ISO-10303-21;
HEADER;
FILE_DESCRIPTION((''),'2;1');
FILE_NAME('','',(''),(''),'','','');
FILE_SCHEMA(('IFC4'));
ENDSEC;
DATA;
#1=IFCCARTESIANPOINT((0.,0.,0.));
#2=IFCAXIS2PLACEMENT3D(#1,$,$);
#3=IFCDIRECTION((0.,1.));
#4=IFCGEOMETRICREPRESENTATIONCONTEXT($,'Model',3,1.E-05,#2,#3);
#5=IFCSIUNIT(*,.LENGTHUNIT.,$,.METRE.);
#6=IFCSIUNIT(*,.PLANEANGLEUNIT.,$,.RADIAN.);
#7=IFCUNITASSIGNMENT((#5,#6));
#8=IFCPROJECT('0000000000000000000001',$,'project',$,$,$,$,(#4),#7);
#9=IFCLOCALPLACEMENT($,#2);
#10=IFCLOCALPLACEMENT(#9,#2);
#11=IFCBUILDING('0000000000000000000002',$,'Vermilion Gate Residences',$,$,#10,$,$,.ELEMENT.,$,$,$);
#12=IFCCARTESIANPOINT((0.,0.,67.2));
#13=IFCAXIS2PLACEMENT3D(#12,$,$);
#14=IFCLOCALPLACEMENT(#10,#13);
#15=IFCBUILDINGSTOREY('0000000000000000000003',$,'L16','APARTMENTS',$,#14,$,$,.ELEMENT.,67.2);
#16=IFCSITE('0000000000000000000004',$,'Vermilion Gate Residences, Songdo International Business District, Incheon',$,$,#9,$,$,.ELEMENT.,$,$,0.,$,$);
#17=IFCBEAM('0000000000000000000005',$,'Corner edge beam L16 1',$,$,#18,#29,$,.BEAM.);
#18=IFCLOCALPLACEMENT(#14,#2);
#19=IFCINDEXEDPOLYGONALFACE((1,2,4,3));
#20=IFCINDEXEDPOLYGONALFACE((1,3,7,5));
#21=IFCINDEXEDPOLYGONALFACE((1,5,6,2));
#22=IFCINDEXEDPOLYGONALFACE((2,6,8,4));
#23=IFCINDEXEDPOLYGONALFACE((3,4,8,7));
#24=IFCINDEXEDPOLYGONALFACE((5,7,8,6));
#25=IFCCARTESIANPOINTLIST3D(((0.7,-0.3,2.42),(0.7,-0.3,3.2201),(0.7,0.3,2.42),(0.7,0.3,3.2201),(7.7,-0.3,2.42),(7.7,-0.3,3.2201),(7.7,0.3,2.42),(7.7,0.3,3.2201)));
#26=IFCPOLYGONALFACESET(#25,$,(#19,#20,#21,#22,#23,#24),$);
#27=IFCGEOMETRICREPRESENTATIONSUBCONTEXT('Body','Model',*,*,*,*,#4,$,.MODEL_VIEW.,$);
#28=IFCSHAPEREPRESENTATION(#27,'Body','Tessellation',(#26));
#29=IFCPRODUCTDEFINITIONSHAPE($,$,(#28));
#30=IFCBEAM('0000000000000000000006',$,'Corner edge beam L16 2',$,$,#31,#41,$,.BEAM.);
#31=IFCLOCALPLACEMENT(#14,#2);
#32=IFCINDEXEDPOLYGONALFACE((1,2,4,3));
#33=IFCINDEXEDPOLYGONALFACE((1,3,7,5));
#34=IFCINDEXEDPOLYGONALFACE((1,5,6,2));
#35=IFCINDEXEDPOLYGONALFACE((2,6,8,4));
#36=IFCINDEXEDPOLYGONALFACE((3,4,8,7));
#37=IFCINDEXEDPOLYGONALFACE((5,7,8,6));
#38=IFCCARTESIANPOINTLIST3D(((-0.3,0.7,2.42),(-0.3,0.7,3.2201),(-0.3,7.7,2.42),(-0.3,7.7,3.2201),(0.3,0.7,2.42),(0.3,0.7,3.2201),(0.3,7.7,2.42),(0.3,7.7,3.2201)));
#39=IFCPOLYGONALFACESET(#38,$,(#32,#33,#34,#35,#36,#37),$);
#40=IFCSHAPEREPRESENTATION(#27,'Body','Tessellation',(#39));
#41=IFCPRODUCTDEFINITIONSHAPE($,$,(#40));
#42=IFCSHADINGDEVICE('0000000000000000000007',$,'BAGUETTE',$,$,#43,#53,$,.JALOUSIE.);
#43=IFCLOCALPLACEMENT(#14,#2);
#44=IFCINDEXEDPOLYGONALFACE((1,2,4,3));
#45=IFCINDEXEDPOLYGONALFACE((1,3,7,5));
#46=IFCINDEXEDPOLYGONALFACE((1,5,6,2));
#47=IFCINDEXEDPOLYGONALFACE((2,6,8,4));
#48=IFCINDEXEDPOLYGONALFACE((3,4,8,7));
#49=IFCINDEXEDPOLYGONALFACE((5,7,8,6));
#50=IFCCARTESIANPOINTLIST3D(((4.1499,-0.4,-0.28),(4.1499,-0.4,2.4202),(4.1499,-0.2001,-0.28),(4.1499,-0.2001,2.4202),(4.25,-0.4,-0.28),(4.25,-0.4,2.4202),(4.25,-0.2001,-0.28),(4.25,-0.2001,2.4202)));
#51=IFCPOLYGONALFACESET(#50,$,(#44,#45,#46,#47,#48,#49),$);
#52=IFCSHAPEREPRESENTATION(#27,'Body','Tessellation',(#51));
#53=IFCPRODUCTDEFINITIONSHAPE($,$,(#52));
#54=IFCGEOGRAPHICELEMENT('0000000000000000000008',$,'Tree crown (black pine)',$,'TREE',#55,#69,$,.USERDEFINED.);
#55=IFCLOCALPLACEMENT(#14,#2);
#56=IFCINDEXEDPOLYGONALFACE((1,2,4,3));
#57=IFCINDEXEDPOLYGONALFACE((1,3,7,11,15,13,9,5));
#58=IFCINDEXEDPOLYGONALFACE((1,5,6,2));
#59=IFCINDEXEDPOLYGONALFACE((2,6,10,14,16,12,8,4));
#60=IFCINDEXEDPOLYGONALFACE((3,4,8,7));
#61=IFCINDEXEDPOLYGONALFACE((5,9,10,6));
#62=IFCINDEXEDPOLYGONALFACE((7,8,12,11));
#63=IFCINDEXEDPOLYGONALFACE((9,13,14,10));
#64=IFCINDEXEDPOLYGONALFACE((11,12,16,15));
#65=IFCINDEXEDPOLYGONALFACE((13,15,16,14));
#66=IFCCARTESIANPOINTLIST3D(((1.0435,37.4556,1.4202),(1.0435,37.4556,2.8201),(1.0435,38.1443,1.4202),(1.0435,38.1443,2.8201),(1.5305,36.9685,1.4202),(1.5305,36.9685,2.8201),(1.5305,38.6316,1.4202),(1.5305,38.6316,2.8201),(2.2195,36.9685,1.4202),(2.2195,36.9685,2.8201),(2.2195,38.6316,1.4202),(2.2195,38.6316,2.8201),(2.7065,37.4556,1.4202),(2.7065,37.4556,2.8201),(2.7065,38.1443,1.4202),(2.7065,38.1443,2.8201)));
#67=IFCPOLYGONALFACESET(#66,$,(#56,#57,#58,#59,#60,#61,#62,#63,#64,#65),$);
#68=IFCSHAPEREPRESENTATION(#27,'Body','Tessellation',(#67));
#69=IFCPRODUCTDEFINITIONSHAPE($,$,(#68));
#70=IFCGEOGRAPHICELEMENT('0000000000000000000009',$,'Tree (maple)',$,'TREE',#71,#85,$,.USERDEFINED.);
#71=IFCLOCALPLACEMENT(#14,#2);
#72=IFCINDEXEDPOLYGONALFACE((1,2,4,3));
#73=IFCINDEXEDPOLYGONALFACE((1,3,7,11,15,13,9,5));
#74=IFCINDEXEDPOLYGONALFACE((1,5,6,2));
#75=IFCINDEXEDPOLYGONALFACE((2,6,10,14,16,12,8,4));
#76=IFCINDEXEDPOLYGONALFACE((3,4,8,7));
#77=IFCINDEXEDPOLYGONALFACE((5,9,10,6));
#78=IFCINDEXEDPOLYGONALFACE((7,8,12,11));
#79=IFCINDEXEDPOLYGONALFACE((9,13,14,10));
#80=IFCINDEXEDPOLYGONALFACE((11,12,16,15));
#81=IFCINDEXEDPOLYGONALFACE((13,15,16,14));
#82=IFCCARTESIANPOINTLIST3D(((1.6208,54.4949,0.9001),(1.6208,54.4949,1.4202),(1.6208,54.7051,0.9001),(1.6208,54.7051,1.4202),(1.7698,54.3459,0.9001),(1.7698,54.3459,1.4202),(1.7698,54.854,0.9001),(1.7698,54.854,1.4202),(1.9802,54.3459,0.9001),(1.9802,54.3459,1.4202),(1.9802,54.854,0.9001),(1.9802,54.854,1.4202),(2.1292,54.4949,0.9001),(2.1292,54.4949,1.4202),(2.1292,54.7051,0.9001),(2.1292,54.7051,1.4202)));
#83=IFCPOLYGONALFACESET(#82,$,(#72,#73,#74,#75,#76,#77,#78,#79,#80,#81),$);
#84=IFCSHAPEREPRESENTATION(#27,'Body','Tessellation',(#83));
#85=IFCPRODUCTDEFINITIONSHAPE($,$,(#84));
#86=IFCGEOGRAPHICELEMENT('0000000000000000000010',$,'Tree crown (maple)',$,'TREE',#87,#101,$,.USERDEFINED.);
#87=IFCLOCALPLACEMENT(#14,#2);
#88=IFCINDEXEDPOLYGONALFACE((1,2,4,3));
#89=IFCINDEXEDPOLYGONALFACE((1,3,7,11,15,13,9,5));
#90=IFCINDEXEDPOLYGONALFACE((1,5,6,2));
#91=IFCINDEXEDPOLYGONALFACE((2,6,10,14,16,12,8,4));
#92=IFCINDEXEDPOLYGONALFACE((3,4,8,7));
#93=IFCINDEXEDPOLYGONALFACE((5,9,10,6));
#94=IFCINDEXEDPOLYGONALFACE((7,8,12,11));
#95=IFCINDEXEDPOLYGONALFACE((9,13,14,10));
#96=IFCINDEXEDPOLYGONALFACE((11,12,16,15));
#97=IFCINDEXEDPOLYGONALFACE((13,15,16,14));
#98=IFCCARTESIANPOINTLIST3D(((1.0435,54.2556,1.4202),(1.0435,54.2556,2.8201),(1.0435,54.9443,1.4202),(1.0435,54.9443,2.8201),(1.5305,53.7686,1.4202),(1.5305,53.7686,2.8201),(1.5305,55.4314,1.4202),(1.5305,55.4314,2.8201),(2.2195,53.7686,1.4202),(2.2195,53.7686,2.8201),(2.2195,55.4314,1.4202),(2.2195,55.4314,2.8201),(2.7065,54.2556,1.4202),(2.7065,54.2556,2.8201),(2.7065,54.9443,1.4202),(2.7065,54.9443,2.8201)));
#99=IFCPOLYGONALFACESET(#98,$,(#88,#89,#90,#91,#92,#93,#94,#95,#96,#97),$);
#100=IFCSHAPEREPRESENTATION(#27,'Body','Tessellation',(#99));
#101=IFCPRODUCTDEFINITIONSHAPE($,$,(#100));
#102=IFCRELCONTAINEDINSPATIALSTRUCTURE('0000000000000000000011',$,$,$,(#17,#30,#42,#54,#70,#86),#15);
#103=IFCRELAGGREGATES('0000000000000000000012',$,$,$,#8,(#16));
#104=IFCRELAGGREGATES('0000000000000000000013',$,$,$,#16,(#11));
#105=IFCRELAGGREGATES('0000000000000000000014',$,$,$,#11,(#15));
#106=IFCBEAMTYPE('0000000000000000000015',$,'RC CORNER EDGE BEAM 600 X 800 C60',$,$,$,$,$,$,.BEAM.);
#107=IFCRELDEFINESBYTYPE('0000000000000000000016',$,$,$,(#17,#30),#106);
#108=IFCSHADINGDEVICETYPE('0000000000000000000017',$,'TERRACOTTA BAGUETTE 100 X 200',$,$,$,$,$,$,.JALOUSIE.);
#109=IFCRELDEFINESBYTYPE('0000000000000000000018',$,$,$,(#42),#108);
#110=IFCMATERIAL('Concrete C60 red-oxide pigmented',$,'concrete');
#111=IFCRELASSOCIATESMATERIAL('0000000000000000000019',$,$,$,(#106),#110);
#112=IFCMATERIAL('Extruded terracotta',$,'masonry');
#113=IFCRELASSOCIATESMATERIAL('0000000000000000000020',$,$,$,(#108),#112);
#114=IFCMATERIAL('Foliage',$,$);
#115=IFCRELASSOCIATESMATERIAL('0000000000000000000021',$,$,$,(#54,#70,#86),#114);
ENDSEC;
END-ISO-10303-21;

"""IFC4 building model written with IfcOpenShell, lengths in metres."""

from ifc_helpers import new_model, si_unit, direction, frame, origin, origin_2d, place, context, subcontext, project, spatial, polyline, rectangle, outline, extrude, material, material_profile, profile_set, type_object, element, save


model = new_model("IFC4")

# Units and contexts
model_context = context("Model", 3, precision=1e-05, world=origin(), true_north=direction((0.0, 1.0)))
body_context = subcontext(model_context, "Body", "Model", "MODEL_VIEW")
ifc_project = project(units=[si_unit("LENGTHUNIT", "METRE"), si_unit("PLANEANGLEUNIT", "RADIAN")], contexts=[model_context])

# Site, building, storey
site_placement = place(None, origin())
site = spatial("IfcSite", under=ifc_project, at=site_placement, Name="Vermilion Gate Residences, Songdo International Business District, Incheon", CompositionType="ELEMENT", RefElevation=0.0)
building_placement = place(site_placement, origin())
building = spatial("IfcBuilding", under=site, at=building_placement, Name="Vermilion Gate Residences", CompositionType="ELEMENT")
storey_placement = place(building_placement, frame((0.0, 0.0, 67.2)))
storey = spatial("IfcBuildingStorey", under=building, at=storey_placement, Name="L16", Description="APARTMENTS", CompositionType="ELEMENT", Elevation=67.2)

# Beams
ifc_material_1 = material(Name="Concrete C60 red-oxide pigmented", Category="concrete")
ifc_material_profile_1 = material_profile(ifc_material_1, rectangle(XDim=0.6001, YDim=0.8, at=origin_2d()), Name="RC-600x800")
ifc_profile_set_1 = profile_set([ifc_material_profile_1], Name="Concrete C60 red-oxide pigmented")
beam_type = type_object("IfcBeamType", Name="RC CORNER EDGE BEAM 600 X 800 C60", PredefinedType="BEAM", material=ifc_profile_set_1)
for number, where, z_axis, x_axis, name in (
    (1, (0.7, 0.0, 2.8201), (1.0, 0.0, 0.0), (0.0, 1.0, 0.0), "Corner edge beam L16 1"),
    (2, (0.0, 0.7, 2.8201), (0.0, 1.0, 0.0), (-1.0, 0.0, 0.0), "Corner edge beam L16 2"),
):
    element("IfcBeam", number, at=place(storey_placement, frame(where, z_axis=z_axis, x_axis=x_axis)), inside=storey, type_object=beam_type, Name=name, PredefinedType="BEAM", context=body_context, shape_type="SweptSolid", body=[
        extrude(rectangle(XDim=0.6001, YDim=0.8, at=origin_2d()), origin(), (0.0, 0.0, 1.0), 7.0),
    ])

# Shading device
ifc_material_2 = material(Name="Extruded terracotta", Category="masonry")
ifc_material_profile_2 = material_profile(ifc_material_2, rectangle(XDim=0.2, YDim=0.1001, at=origin_2d()), Name="BAGUETTE 100 X 200")
ifc_profile_set_2 = profile_set([ifc_material_profile_2], Name="Extruded terracotta")
shading_device_type = type_object("IfcShadingDeviceType", Name="TERRACOTTA BAGUETTE 100 X 200", PredefinedType="JALOUSIE", material=ifc_profile_set_2)
shading_device_placement = place(storey_placement, frame((4.2, -0.3, -0.28), z_axis=(0.0, 0.0, 1.0), x_axis=(0.0, 1.0, 0.0)))
element("IfcShadingDevice", 3, at=shading_device_placement, inside=storey, type_object=shading_device_type, Name="BAGUETTE", PredefinedType="JALOUSIE", context=body_context, shape_type="SweptSolid", body=[
    extrude(rectangle(XDim=0.2, YDim=0.1001, at=origin_2d()), origin(), (0.0, 0.0, 1.0), 2.7002),
])

# Geographic elements
ifc_material_3 = material(Name="Foliage")
geographic_element_1_placement = place(storey_placement, frame((0.0, 0.0, 1.4202)))
element("IfcGeographicElement", 4, at=geographic_element_1_placement, inside=storey, material=ifc_material_3, Name="Tree crown (black pine)", ObjectType="TREE", PredefinedType="USERDEFINED", context=body_context, shape_type="SweptSolid", body=[
    extrude(outline(polyline([(2.7065, 38.1443), (2.2195, 38.6316), (1.5305, 38.6316), (1.0435, 38.1443), (1.0435, 37.4556), (1.5305, 36.9685), (2.2195, 36.9685), (2.7065, 37.4556), (2.7065, 38.1443)])), origin(), (0.0, 0.0, 1.0), 1.3999),
])
geographic_element_2_placement = place(storey_placement, frame((0.0, 0.0, 0.9001)))
element("IfcGeographicElement", 5, at=geographic_element_2_placement, inside=storey, material=ifc_material_3, Name="Tree (maple)", ObjectType="TREE", PredefinedType="USERDEFINED", context=body_context, shape_type="SweptSolid", body=[
    extrude(outline(polyline([(2.1292, 54.7051), (1.9802, 54.854), (1.7698, 54.854), (1.6208, 54.7051), (1.6208, 54.4949), (1.7698, 54.3459), (1.9802, 54.3459), (2.1292, 54.4949), (2.1292, 54.7051)])), origin(), (0.0, 0.0, 1.0), 0.52),
])
geographic_element_3_placement = place(storey_placement, frame((0.0, 0.0, 1.4202)))
element("IfcGeographicElement", 6, at=geographic_element_3_placement, inside=storey, material=ifc_material_3, Name="Tree crown (maple)", ObjectType="TREE", PredefinedType="USERDEFINED", context=body_context, shape_type="SweptSolid", body=[
    extrude(outline(polyline([(2.7065, 54.9443), (2.2195, 55.4314), (1.5305, 55.4314), (1.0435, 54.9443), (1.0435, 54.2556), (1.5305, 53.7686), (2.2195, 53.7686), (2.7065, 54.2556), (2.7065, 54.9443)])), origin(), (0.0, 0.0, 1.0), 1.3999),
])

save(model, "model.ifc")
